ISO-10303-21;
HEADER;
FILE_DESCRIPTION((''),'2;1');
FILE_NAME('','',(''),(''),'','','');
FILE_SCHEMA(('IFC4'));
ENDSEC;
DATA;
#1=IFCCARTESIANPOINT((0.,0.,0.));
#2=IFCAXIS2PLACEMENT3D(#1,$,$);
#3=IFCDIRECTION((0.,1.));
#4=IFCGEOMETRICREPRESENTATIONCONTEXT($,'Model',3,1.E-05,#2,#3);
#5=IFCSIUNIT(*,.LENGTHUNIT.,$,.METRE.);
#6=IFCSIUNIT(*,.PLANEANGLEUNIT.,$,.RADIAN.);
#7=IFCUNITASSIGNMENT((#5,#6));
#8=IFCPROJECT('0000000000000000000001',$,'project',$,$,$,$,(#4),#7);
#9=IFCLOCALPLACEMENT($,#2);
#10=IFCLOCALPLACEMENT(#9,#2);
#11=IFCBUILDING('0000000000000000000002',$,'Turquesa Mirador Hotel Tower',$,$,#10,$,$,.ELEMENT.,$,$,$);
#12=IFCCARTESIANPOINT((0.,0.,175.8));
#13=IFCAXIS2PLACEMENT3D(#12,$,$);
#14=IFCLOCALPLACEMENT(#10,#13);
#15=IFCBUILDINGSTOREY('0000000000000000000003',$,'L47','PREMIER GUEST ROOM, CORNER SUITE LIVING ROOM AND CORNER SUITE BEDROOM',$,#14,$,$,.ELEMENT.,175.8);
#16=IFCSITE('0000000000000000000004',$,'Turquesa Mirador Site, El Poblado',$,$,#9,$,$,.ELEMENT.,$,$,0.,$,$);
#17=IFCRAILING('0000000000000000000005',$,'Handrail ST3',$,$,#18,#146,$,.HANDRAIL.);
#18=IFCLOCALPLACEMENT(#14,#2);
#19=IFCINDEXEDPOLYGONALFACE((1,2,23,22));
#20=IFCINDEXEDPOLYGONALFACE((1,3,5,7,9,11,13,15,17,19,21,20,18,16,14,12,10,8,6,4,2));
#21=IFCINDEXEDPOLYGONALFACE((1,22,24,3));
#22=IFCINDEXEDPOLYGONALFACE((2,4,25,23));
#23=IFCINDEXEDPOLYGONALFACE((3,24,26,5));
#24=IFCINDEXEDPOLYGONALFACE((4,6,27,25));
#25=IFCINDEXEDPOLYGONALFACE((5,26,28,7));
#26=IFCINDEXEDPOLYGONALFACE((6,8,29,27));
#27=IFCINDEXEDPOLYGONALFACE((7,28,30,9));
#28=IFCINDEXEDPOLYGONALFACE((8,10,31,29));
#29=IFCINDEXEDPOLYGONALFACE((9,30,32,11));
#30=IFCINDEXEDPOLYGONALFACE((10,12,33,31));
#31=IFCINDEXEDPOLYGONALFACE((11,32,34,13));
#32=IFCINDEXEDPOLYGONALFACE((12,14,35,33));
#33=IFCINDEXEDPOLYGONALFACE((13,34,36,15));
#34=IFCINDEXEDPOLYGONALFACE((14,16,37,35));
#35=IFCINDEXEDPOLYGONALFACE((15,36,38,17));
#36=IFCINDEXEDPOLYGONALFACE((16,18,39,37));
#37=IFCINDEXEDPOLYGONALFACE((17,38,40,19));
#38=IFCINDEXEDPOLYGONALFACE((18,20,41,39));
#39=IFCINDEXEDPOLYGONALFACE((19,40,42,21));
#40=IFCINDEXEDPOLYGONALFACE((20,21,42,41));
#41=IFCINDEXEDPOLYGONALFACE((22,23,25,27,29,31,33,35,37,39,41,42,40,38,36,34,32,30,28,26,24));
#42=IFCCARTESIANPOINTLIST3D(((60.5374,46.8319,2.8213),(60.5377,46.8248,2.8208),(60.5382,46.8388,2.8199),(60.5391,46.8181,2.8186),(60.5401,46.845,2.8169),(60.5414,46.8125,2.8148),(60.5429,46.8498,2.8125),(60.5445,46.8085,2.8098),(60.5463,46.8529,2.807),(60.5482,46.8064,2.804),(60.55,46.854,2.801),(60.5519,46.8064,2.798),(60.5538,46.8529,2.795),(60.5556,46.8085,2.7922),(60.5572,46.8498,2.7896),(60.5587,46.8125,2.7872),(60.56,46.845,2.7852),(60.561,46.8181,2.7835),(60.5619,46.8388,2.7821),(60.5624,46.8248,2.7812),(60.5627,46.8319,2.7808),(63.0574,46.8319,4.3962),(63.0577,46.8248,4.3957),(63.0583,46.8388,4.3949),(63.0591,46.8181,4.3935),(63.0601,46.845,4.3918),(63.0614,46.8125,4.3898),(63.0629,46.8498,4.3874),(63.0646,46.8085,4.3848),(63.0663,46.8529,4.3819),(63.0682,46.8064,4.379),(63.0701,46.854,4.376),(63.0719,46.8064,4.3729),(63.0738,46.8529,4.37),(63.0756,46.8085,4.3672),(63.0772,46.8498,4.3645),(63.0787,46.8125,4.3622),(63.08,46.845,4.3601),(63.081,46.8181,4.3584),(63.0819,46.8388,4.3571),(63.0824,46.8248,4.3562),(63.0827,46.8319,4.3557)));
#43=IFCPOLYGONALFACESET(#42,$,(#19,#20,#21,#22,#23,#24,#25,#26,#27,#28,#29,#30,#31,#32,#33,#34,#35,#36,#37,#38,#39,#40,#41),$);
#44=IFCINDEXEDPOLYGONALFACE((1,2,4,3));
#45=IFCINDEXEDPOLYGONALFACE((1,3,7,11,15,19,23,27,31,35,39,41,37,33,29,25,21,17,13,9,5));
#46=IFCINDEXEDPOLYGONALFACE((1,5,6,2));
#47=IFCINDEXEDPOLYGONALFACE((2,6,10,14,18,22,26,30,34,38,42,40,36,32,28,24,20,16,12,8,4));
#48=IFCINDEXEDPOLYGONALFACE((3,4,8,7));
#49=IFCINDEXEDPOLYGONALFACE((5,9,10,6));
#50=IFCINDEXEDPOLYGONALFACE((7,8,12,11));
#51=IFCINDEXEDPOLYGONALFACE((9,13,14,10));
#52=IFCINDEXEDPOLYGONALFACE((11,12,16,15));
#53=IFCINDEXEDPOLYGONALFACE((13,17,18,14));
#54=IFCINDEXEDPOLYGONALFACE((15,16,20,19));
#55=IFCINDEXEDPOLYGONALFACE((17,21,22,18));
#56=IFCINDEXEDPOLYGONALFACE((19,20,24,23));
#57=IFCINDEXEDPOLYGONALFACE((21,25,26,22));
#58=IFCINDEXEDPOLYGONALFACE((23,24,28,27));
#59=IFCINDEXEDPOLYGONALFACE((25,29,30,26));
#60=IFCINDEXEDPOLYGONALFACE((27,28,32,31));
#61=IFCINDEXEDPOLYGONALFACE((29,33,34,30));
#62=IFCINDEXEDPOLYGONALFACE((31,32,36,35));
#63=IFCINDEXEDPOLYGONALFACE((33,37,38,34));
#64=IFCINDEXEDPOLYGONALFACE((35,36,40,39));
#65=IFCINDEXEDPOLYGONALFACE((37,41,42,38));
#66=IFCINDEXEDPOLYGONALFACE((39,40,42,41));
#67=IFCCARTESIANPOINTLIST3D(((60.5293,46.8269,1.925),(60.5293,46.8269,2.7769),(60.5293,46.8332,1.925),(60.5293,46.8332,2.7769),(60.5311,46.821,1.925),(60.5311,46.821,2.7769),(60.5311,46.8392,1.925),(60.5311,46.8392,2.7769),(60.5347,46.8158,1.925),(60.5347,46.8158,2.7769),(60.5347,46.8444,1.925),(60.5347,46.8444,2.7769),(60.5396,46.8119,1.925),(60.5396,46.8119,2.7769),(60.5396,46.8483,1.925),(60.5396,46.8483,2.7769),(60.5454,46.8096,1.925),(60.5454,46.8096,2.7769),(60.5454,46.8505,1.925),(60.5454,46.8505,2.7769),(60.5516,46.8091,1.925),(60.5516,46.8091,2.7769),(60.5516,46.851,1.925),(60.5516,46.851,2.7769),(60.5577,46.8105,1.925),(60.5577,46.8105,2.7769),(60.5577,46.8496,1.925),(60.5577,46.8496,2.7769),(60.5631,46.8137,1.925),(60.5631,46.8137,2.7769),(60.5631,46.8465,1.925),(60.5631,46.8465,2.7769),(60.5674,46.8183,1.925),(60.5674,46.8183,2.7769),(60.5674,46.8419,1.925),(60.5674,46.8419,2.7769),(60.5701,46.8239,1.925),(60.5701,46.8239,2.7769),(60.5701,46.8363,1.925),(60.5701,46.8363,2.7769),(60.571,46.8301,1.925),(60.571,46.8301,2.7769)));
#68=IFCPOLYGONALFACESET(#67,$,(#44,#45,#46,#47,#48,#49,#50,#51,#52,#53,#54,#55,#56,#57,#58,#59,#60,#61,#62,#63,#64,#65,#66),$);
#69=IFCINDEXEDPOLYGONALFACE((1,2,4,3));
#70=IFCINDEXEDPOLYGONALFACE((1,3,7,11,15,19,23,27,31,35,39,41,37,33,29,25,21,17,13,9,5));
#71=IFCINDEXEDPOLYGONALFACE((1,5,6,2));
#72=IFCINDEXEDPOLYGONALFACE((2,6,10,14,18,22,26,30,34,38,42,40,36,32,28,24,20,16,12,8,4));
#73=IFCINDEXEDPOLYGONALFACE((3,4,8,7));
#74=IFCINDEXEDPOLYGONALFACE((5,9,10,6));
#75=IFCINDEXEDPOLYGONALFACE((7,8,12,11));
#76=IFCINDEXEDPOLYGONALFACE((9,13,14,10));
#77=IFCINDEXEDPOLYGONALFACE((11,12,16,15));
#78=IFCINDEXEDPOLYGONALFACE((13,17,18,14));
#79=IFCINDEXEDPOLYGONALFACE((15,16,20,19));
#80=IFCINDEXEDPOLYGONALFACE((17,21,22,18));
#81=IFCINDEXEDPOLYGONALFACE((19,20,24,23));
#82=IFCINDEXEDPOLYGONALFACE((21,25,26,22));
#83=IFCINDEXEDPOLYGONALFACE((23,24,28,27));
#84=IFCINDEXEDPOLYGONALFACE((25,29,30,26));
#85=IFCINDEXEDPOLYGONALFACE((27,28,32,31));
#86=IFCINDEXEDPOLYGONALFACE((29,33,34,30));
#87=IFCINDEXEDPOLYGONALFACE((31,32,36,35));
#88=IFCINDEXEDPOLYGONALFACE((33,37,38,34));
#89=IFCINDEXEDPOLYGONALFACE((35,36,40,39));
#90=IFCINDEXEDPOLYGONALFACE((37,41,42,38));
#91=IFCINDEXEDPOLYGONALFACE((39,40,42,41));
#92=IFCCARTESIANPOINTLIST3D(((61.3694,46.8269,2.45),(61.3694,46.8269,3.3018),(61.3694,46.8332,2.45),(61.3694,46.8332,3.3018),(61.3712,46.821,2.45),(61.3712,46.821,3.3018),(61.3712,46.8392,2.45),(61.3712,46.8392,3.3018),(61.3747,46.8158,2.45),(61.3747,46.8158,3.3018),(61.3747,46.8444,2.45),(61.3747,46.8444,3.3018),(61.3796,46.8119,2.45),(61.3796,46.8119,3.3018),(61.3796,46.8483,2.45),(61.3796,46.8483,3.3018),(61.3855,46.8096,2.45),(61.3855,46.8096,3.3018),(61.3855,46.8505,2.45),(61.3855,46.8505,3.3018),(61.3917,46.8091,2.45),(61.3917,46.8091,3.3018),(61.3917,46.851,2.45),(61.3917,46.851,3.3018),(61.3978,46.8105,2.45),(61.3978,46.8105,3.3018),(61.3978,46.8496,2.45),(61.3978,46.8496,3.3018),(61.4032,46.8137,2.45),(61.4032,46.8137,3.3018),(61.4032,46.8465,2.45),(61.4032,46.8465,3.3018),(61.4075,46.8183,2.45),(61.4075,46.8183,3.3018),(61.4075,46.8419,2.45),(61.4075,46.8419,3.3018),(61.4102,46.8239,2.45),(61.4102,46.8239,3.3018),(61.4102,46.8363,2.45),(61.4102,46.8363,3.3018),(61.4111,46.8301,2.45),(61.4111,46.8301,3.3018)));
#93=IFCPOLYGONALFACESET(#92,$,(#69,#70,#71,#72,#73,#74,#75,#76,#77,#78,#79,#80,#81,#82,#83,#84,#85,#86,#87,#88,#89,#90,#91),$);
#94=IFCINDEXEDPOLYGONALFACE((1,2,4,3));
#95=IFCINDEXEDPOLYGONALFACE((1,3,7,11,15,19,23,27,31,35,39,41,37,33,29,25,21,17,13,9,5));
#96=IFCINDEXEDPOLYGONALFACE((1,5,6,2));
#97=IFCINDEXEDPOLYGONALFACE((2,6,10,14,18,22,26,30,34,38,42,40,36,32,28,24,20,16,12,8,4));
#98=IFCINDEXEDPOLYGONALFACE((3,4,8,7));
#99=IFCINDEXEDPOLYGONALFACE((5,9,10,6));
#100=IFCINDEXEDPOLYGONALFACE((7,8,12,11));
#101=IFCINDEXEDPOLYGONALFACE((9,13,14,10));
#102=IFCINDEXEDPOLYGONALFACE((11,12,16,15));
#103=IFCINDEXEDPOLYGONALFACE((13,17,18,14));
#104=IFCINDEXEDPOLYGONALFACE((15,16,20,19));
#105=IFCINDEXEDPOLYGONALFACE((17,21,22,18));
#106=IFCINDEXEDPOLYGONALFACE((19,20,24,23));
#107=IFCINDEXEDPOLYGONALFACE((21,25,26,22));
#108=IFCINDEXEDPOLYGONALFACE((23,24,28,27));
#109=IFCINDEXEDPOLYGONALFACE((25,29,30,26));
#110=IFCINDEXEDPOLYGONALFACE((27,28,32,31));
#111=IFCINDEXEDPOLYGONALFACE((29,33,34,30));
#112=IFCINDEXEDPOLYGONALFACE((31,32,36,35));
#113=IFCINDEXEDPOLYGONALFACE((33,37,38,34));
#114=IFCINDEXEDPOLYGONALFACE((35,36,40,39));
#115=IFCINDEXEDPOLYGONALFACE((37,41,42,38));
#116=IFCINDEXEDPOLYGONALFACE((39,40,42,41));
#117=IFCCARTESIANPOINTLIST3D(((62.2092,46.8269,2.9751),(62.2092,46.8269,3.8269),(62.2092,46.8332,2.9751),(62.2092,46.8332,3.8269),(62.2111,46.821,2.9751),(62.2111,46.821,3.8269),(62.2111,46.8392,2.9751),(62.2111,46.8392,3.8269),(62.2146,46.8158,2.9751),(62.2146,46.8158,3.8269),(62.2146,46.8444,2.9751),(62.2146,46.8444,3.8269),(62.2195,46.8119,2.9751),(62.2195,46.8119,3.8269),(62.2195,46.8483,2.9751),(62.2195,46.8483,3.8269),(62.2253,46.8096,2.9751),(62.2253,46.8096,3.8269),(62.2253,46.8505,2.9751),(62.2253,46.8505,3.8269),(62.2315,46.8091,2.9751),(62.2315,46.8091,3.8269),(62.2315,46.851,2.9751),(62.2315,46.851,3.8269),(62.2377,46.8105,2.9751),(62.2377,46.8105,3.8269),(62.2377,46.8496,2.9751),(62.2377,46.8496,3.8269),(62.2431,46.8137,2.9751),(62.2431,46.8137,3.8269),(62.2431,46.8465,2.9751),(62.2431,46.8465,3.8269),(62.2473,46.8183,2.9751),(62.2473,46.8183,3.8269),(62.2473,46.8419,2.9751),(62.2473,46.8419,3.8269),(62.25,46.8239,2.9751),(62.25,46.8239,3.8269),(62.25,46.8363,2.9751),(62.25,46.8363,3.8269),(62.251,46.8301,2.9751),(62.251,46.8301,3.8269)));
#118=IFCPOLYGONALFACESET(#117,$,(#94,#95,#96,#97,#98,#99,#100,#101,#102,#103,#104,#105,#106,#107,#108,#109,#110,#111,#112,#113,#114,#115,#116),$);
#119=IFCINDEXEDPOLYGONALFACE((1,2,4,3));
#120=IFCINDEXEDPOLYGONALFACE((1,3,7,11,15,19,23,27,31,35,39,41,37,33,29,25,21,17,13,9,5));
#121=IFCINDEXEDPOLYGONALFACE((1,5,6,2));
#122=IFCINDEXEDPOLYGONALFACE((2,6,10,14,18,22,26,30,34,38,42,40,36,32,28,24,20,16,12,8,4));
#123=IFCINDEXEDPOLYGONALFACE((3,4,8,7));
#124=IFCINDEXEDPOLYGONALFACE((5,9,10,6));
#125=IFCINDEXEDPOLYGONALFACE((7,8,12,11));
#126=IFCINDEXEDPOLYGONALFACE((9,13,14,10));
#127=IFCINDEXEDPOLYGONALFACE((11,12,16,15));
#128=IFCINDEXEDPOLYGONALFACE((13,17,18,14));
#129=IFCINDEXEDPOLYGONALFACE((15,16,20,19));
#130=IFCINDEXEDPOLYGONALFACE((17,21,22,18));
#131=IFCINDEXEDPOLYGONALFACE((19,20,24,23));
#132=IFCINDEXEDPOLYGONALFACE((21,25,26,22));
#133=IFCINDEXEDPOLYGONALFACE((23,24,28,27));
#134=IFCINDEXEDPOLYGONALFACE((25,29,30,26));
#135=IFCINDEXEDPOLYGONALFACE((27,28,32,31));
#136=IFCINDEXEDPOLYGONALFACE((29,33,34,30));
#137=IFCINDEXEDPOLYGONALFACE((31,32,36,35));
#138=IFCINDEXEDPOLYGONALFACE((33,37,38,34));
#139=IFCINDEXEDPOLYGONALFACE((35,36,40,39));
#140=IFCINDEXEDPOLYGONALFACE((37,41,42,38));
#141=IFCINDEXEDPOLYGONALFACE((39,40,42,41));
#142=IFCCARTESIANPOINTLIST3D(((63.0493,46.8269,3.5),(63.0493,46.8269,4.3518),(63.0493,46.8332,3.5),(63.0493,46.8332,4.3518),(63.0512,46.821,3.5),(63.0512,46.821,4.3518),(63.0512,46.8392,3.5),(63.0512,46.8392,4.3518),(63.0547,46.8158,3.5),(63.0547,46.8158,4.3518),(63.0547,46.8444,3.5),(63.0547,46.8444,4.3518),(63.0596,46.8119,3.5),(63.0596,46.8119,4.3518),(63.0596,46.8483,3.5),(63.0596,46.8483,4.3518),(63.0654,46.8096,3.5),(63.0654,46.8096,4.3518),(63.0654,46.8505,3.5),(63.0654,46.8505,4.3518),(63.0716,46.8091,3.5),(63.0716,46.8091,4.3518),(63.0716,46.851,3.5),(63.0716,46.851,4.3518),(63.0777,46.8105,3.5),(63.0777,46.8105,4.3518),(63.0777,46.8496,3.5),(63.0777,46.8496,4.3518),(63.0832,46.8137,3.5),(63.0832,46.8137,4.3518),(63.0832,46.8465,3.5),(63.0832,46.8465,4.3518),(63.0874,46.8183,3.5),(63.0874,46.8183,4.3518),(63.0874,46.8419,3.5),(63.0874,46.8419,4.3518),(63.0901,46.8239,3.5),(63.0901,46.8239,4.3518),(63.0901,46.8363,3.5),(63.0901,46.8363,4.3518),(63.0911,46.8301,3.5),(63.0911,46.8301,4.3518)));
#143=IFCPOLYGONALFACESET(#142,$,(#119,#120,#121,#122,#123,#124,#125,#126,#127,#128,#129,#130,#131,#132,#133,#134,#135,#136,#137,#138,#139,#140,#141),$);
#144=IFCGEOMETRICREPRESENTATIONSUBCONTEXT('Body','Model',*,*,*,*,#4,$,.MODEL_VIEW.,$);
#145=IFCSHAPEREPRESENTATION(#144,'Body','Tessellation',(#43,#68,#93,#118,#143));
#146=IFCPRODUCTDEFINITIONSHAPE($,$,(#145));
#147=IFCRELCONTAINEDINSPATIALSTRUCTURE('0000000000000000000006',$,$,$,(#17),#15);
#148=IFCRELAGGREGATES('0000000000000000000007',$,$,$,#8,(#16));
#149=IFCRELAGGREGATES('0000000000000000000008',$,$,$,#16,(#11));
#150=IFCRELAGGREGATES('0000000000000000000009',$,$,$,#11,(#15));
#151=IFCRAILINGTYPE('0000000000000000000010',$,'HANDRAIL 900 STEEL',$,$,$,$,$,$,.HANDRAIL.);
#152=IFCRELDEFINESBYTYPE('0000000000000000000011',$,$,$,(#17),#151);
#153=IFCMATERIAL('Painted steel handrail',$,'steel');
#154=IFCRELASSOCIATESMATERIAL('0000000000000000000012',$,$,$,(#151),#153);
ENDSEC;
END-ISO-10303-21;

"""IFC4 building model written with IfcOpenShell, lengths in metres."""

from ifc_helpers import new_model, si_unit, direction, frame, origin, origin_2d, place, context, subcontext, project, spatial, circle, extrude, material, type_object, element, save


model = new_model("IFC4")

# Units and contexts
model_context = context("Model", 3, precision=1e-05, world=origin(), true_north=direction((0.0, 1.0)))
body_context = subcontext(model_context, "Body", "Model", "MODEL_VIEW")
ifc_project = project(units=[si_unit("LENGTHUNIT", "METRE"), si_unit("PLANEANGLEUNIT", "RADIAN")], contexts=[model_context])

# Site, building, storey
site_placement = place(None, origin())
site = spatial("IfcSite", under=ifc_project, at=site_placement, Name="Turquesa Mirador Site, El Poblado", CompositionType="ELEMENT", RefElevation=0.0)
building_placement = place(site_placement, origin())
building = spatial("IfcBuilding", under=site, at=building_placement, Name="Turquesa Mirador Hotel Tower", CompositionType="ELEMENT")
storey_placement = place(building_placement, frame((0.0, 0.0, 175.8)))
storey = spatial("IfcBuildingStorey", under=building, at=storey_placement, Name="L47", Description="PREMIER GUEST ROOM, CORNER SUITE LIVING ROOM AND CORNER SUITE BEDROOM", CompositionType="ELEMENT", Elevation=175.8)

# Railing
ifc_material_1 = material(Name="Painted steel handrail", Category="steel")
railing_type = type_object("IfcRailingType", Name="HANDRAIL 900 STEEL", PredefinedType="HANDRAIL", material=ifc_material_1)
railing_1_placement = place(storey_placement, frame((60.55, 46.8301, 1.925)))
element("IfcRailing", 1, at=railing_1_placement, inside=storey, type_object=railing_type, Name="Handrail ST3", PredefinedType="HANDRAIL", context=body_context, shape_type="SweptSolid", body=[
    extrude(circle(Radius=0.0239, at=origin_2d()), frame((0.0, 0.0, 0.876), z_axis=(0.848008, 0.0, 0.529984), x_axis=(0.0, 1.0, 0.0)), (0.0, 0.0, 1.0), 2.9717),
    extrude(circle(Radius=0.021, at=origin_2d()), origin(), (0.0, 0.0, 1.0), 0.8518),
    extrude(circle(Radius=0.021, at=origin_2d()), frame((0.8401, 0.0, 0.5249)), (0.0, 0.0, 1.0), 0.8518),
    extrude(circle(Radius=0.021, at=origin_2d()), frame((1.6799, 0.0, 1.05)), (0.0, 0.0, 1.0), 0.8518),
    extrude(circle(Radius=0.021, at=origin_2d()), frame((2.52, 0.0, 1.575)), (0.0, 0.0, 1.0), 0.8518),
])

save(model, "model.ifc")
